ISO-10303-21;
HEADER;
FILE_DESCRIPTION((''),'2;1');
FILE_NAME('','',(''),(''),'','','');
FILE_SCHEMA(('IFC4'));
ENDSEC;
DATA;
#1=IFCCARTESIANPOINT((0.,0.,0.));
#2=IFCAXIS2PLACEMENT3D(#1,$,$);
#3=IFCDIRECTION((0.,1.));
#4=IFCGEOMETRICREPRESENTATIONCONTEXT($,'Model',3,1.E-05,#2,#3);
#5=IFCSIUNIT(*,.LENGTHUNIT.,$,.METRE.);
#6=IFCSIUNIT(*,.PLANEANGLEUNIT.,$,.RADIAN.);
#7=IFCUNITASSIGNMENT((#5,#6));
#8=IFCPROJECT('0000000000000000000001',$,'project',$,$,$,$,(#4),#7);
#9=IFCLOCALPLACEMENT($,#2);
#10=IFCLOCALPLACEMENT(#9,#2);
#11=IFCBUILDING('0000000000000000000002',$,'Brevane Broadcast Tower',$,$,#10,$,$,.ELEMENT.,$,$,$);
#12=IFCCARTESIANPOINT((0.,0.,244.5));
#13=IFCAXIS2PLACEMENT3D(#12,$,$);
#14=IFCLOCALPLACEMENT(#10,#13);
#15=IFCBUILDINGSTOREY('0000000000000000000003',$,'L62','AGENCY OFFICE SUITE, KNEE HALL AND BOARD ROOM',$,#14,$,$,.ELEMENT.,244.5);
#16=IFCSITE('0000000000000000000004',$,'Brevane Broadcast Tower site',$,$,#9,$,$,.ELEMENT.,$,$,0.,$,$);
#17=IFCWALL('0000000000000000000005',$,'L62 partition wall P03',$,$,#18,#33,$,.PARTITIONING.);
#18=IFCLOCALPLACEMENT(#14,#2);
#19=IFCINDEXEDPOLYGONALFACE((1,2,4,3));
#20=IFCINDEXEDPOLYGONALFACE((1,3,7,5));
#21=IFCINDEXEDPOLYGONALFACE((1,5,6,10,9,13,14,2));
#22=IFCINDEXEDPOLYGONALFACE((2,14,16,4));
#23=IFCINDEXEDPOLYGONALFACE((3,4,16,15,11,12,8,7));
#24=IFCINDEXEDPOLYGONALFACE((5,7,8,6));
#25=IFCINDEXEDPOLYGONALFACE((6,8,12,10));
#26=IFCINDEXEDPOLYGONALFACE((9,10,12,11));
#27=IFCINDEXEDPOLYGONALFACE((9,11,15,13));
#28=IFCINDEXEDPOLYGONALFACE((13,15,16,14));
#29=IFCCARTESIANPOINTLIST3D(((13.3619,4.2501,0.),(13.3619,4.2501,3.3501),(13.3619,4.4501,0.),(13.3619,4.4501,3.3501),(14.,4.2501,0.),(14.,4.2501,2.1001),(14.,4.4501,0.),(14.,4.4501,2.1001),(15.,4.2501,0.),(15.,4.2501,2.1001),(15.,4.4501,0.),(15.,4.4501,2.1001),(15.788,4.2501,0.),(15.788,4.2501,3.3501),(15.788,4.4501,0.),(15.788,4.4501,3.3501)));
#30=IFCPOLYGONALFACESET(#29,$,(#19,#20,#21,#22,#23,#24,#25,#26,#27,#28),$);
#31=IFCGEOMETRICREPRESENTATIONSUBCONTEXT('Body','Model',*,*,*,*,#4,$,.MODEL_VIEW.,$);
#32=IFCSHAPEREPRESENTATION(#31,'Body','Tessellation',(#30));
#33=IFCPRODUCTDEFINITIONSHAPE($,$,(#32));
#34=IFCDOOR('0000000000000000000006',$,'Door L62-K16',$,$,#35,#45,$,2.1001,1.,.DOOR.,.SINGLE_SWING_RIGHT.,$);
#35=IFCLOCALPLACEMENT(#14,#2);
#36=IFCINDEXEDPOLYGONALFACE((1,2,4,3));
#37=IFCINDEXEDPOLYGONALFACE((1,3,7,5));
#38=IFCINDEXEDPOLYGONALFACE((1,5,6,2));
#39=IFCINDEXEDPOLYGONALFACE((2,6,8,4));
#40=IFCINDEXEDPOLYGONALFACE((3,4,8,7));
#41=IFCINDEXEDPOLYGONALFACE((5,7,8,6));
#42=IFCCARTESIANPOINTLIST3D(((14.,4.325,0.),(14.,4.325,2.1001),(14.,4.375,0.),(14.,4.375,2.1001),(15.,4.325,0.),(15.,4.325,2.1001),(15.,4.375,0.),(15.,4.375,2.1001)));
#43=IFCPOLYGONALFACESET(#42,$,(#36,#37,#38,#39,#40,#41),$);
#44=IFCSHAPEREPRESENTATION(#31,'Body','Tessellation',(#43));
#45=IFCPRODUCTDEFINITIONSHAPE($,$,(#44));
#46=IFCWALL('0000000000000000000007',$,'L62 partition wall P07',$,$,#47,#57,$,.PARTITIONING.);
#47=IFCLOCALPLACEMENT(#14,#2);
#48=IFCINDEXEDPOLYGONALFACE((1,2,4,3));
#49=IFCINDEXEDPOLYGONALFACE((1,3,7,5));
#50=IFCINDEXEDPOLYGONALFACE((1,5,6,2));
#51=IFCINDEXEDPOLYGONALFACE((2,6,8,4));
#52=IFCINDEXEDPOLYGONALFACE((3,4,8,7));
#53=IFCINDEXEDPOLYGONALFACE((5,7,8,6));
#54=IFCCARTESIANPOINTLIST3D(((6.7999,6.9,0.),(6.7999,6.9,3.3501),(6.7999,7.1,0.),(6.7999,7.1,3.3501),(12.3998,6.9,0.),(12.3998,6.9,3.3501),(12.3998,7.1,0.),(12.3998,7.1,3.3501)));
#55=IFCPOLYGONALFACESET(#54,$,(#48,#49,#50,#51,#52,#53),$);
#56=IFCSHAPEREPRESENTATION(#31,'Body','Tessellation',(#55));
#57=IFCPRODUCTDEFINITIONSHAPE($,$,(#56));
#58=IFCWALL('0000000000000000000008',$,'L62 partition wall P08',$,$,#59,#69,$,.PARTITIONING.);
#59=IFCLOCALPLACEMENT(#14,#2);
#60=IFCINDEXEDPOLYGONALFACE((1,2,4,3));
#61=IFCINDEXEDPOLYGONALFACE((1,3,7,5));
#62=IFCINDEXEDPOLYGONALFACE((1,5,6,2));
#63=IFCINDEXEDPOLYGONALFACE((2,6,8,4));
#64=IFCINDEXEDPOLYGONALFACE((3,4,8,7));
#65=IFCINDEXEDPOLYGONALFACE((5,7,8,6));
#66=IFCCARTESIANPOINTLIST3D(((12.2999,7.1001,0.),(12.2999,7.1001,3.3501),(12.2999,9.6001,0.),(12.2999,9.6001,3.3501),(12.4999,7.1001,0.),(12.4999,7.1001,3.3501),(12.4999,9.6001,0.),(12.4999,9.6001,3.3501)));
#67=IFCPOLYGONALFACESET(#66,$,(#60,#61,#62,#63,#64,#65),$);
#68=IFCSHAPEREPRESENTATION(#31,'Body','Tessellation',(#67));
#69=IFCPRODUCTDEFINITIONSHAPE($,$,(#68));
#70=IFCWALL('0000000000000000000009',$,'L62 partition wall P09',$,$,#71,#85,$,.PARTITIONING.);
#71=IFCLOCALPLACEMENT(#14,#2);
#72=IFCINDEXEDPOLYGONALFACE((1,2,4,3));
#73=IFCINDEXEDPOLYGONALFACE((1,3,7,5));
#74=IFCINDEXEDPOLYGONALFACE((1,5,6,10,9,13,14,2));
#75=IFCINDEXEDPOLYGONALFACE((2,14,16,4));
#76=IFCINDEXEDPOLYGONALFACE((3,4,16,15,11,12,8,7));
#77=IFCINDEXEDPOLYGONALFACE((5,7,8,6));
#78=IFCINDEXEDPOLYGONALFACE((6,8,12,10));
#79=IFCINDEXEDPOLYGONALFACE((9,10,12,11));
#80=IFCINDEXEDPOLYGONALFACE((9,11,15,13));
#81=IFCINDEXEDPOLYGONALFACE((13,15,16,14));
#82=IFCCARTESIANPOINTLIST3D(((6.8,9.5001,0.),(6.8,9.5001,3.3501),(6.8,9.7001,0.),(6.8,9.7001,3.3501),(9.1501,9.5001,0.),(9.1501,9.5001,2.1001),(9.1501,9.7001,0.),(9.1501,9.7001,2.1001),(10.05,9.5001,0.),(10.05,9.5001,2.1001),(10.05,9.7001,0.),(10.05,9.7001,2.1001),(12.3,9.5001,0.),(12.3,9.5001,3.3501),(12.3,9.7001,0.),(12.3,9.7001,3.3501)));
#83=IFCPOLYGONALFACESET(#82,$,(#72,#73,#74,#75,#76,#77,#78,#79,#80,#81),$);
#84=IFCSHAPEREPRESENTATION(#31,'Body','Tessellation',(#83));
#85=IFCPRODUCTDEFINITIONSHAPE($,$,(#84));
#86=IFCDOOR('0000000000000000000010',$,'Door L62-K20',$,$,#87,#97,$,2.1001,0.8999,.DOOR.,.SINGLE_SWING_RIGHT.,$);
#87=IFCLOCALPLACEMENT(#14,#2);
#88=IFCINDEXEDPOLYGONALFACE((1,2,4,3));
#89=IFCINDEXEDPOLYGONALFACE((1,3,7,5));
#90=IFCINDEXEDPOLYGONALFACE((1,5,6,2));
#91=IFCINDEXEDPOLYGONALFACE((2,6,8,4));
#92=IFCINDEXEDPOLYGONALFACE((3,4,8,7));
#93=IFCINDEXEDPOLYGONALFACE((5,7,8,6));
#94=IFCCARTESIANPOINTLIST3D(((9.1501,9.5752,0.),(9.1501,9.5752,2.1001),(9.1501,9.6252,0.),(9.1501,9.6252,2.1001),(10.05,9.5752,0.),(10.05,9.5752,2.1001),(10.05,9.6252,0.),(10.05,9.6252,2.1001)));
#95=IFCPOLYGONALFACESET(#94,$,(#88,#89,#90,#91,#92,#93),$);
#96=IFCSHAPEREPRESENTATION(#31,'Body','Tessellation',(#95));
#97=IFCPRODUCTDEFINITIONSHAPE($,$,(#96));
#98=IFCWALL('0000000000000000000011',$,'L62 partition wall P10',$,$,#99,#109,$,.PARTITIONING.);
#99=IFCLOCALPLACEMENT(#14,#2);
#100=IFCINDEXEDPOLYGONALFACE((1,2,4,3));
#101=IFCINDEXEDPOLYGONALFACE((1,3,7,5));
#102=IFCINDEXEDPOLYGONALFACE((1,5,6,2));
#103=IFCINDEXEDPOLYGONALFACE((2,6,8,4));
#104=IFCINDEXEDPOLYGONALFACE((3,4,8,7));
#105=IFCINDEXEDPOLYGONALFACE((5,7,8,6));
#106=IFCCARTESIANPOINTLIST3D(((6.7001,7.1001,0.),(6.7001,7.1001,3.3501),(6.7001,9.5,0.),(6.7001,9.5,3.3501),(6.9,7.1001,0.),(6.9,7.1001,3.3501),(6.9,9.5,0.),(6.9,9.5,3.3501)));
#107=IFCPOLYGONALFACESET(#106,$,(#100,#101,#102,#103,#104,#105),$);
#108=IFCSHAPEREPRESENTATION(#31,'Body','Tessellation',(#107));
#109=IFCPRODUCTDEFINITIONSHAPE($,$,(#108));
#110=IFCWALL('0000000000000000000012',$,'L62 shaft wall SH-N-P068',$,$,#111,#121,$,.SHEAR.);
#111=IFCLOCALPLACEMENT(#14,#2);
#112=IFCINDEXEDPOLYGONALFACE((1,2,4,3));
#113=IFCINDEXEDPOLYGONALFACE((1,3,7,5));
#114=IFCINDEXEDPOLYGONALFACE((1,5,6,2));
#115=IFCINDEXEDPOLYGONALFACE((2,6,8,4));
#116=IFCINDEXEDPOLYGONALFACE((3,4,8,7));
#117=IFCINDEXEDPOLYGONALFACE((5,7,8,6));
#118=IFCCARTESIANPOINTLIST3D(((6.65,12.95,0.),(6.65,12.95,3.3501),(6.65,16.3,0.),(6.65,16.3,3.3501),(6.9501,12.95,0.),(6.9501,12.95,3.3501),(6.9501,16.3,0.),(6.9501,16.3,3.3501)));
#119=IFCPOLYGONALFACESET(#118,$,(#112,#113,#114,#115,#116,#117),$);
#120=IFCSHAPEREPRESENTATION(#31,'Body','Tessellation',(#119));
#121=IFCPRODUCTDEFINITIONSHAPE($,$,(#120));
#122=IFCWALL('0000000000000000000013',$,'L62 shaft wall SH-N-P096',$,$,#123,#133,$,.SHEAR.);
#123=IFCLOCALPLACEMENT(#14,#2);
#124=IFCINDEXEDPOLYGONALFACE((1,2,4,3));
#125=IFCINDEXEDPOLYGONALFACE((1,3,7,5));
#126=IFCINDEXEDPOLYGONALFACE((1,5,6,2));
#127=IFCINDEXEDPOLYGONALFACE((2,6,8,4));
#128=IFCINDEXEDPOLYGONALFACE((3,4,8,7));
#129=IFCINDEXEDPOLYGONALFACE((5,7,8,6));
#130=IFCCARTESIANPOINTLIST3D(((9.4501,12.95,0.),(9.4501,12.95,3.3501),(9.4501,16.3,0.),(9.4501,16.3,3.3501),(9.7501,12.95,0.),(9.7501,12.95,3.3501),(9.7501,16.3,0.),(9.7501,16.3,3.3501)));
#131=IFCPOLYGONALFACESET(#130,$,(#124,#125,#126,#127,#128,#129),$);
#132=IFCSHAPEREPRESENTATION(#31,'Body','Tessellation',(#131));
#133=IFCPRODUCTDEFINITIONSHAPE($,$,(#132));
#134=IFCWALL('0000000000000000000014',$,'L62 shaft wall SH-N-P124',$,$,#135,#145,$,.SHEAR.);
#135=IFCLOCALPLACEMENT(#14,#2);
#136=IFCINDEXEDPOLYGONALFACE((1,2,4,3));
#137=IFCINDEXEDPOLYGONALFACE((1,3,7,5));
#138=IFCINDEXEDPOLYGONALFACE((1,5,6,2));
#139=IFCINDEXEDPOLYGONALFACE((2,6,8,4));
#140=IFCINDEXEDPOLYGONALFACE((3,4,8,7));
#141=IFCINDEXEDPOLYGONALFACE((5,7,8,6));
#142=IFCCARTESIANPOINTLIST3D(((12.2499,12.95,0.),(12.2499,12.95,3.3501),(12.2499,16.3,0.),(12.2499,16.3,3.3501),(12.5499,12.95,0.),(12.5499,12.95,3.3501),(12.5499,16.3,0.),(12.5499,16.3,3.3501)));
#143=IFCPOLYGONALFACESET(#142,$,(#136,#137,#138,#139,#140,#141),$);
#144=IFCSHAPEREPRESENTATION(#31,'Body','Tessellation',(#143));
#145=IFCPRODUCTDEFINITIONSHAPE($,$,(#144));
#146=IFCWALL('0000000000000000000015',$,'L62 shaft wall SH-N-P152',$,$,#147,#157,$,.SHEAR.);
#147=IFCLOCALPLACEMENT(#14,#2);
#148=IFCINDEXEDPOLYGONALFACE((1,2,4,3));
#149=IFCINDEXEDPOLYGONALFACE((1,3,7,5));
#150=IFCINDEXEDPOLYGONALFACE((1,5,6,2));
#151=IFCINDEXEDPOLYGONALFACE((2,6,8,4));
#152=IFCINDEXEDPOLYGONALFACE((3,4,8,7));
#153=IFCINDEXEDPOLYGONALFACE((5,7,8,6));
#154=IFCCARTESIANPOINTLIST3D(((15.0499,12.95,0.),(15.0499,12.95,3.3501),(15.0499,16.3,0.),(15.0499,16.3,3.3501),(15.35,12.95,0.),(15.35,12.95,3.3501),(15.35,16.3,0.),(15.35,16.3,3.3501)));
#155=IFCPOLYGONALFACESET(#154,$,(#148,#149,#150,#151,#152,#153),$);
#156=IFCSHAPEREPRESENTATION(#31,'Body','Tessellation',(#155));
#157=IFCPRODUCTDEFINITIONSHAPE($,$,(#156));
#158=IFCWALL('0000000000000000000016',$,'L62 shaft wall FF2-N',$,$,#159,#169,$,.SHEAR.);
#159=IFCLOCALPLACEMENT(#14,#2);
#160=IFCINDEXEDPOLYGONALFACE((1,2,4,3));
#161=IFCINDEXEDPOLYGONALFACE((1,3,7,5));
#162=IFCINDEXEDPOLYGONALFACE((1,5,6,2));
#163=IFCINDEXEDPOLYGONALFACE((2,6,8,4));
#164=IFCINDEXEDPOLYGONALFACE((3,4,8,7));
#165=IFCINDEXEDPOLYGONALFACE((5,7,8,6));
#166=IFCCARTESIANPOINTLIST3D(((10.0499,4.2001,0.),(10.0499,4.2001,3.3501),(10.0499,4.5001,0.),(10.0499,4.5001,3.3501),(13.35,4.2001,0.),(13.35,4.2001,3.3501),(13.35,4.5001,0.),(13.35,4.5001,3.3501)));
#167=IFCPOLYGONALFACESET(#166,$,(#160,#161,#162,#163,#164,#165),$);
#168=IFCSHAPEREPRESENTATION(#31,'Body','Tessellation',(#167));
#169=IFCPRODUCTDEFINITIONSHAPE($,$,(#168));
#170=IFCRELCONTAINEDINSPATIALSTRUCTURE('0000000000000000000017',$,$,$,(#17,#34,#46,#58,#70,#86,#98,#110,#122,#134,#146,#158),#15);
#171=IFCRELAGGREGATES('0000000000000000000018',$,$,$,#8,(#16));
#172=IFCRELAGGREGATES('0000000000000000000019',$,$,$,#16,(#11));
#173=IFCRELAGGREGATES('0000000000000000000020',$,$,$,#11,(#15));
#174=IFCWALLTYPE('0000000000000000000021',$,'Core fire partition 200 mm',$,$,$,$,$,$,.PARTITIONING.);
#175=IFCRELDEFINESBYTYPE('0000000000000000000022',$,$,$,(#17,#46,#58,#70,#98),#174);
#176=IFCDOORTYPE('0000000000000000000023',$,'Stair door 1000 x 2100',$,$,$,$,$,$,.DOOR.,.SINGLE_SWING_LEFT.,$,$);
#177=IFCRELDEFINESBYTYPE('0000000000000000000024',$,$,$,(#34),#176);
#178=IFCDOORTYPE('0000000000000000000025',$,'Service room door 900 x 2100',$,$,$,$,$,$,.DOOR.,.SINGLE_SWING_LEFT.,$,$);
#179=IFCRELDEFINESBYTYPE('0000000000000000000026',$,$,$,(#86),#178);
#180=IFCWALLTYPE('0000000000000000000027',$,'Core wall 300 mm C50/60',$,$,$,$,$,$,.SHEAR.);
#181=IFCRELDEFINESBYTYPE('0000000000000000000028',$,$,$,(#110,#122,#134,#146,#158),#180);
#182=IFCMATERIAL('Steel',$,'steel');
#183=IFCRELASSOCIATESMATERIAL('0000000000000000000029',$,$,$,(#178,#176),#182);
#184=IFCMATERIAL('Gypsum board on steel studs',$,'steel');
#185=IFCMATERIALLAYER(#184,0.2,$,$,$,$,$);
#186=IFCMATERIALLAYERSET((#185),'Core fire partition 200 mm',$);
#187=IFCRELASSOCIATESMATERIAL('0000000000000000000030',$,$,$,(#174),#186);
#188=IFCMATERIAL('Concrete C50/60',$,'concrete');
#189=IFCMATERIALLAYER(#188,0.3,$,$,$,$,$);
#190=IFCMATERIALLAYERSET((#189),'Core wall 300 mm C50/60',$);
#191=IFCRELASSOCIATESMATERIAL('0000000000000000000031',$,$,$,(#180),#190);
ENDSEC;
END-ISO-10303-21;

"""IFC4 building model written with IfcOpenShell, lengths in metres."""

from ifc_helpers import new_model, si_unit, direction, frame, frame_2d, origin, place, context, subcontext, project, spatial, rectangle, extrude, material, layer, layer_set, type_object, element, fill, save


model = new_model("IFC4")

# Units and contexts
model_context = context("Model", 3, precision=1e-05, world=origin(), true_north=direction((0.0, 1.0)))
body_context = subcontext(model_context, "Body", "Model", "MODEL_VIEW")
ifc_project = project(units=[si_unit("LENGTHUNIT", "METRE"), si_unit("PLANEANGLEUNIT", "RADIAN")], contexts=[model_context])

# Site, building, storey
site_placement = place(None, origin())
site = spatial("IfcSite", under=ifc_project, at=site_placement, Name="Brevane Broadcast Tower site", CompositionType="ELEMENT", RefElevation=0.0)
building_placement = place(site_placement, origin())
building = spatial("IfcBuilding", under=site, at=building_placement, Name="Brevane Broadcast Tower", CompositionType="ELEMENT")
storey_placement = place(building_placement, frame((0.0, 0.0, 244.5)))
storey = spatial("IfcBuildingStorey", under=building, at=storey_placement, Name="L62", Description="AGENCY OFFICE SUITE, KNEE HALL AND BOARD ROOM", CompositionType="ELEMENT", Elevation=244.5)

# Shared definitions
ifc_material_1 = material(Name="Gypsum board on steel studs", Category="steel")

# Shared definitions
ifc_material_2 = material(Name="Steel", Category="steel")
door_type_1 = type_object("IfcDoorType", Name="Service room door 900 x 2100", OperationType="SINGLE_SWING_LEFT", PredefinedType="DOOR", material=ifc_material_2)

# Wall, opening, door
ifc_layer_1 = layer(ifc_material_1, 0.2)
ifc_layer_set_1 = layer_set([ifc_layer_1], Name="Core fire partition 200 mm")
wall_type_1 = type_object("IfcWallType", Name="Core fire partition 200 mm", PredefinedType="PARTITIONING", material=ifc_layer_set_1)
wall_1_placement = place(storey_placement, frame((13.3621, 4.3501, 0.0), z_axis=(0.0, 0.0, 1.0), x_axis=(1.0, 0.0, 0.0)))
wall_1 = element("IfcWall", 1, at=wall_1_placement, inside=storey, type_object=wall_type_1, Name="L62 partition wall P03", PredefinedType="PARTITIONING", context=body_context, shape_type="SweptSolid", body=[
    extrude(rectangle(XDim=2.426, YDim=0.2, at=frame_2d((1.2129, 0.0))), origin(), (0.0, 0.0, 1.0), 3.3501),
])
opening_1_placement = place(wall_1_placement, frame((0.6379, 0.0, 0.0)))
opening_1 = element("IfcOpeningElement", 2, at=opening_1_placement, cuts=wall_1, PredefinedType="OPENING", context=body_context, shape_type="SweptSolid", body=[
    extrude(rectangle(XDim=1.0, YDim=2.1001, at=frame_2d((0.5, 1.05))), frame((0.0, 0.1099, 0.0), z_axis=(0.0, -1.0, 0.0), x_axis=(1.0, 0.0, 0.0)), (0.0, 0.0, 1.0), 0.22),
])
door_type_2 = type_object("IfcDoorType", Name="Stair door 1000 x 2100", OperationType="SINGLE_SWING_LEFT", PredefinedType="DOOR", material=ifc_material_2)
door_1_placement = place(opening_1_placement, origin())
door_1 = element("IfcDoor", 3, at=door_1_placement, inside=storey, type_object=door_type_2, Name="Door L62-K16", OperationType="SINGLE_SWING_RIGHT", OverallHeight=2.1001, OverallWidth=1.0, PredefinedType="DOOR", context=body_context, shape_type="SweptSolid", body=[
    extrude(rectangle(XDim=1.0, YDim=2.1001, at=frame_2d((0.5, 1.05))), frame((0.0, 0.0249, 0.0), z_axis=(0.0, -1.0, 0.0), x_axis=(1.0, 0.0, 0.0)), (0.0, 0.0, 1.0), 0.05),
])
fill(opening_1, door_1)

# Walls
wall_2_placement = place(storey_placement, frame((6.8, 7.0, 0.0), z_axis=(0.0, 0.0, 1.0), x_axis=(1.0, 0.0, 0.0)))
element("IfcWall", 4, at=wall_2_placement, inside=storey, type_object=wall_type_1, Name="L62 partition wall P07", PredefinedType="PARTITIONING", context=body_context, shape_type="SweptSolid", body=[
    extrude(rectangle(XDim=5.5999, YDim=0.2, at=frame_2d((2.7998, 0.0))), origin(), (0.0, 0.0, 1.0), 3.3501),
])
wall_3_placement = place(storey_placement, frame((12.3999, 7.1001, 0.0), z_axis=(0.0, 0.0, 1.0), x_axis=(0.0, 1.0, 0.0)))
element("IfcWall", 5, at=wall_3_placement, inside=storey, type_object=wall_type_1, Name="L62 partition wall P08", PredefinedType="PARTITIONING", context=body_context, shape_type="SweptSolid", body=[
    extrude(rectangle(XDim=2.5, YDim=0.2, at=frame_2d((1.25, 0.0))), origin(), (0.0, 0.0, 1.0), 3.3501),
])

# Wall, opening, door
wall_4_placement = place(storey_placement, frame((12.3, 9.6001, 0.0), z_axis=(0.0, 0.0, 1.0), x_axis=(-1.0, 0.0, 0.0)))
wall_4 = element("IfcWall", 6, at=wall_4_placement, inside=storey, type_object=wall_type_1, Name="L62 partition wall P09", PredefinedType="PARTITIONING", context=body_context, shape_type="SweptSolid", body=[
    extrude(rectangle(XDim=5.5, YDim=0.2, at=frame_2d((2.75, 0.0))), origin(), (0.0, 0.0, 1.0), 3.3501),
])
opening_2_placement = place(wall_4_placement, frame((2.25, 0.0, 0.0)))
opening_2 = element("IfcOpeningElement", 7, at=opening_2_placement, cuts=wall_4, PredefinedType="OPENING", context=body_context, shape_type="SweptSolid", body=[
    extrude(rectangle(XDim=0.8999, YDim=2.1001, at=frame_2d((0.45, 1.05))), frame((0.0, 0.1099, 0.0), z_axis=(0.0, -1.0, 0.0), x_axis=(1.0, 0.0, 0.0)), (0.0, 0.0, 1.0), 0.22),
])
door_2_placement = place(opening_2_placement, origin())
door_2 = element("IfcDoor", 8, at=door_2_placement, inside=storey, type_object=door_type_1, Name="Door L62-K20", OperationType="SINGLE_SWING_RIGHT", OverallHeight=2.1001, OverallWidth=0.8999, PredefinedType="DOOR", context=body_context, shape_type="SweptSolid", body=[
    extrude(rectangle(XDim=0.8999, YDim=2.1001, at=frame_2d((0.45, 1.05))), frame((0.0, 0.0249, 0.0), z_axis=(0.0, -1.0, 0.0), x_axis=(1.0, 0.0, 0.0)), (0.0, 0.0, 1.0), 0.05),
])
fill(opening_2, door_2)

# Walls
wall_5_placement = place(storey_placement, frame((6.8, 9.5, 0.0), z_axis=(0.0, 0.0, 1.0), x_axis=(0.0, -1.0, 0.0)))
element("IfcWall", 9, at=wall_5_placement, inside=storey, type_object=wall_type_1, Name="L62 partition wall P10", PredefinedType="PARTITIONING", context=body_context, shape_type="SweptSolid", body=[
    extrude(rectangle(XDim=2.3999, YDim=0.2, at=frame_2d((1.2, 0.0))), origin(), (0.0, 0.0, 1.0), 3.3501),
])
ifc_material_3 = material(Name="Concrete C50/60", Category="concrete")
ifc_layer_2 = layer(ifc_material_3, 0.3)
ifc_layer_set_2 = layer_set([ifc_layer_2], Name="Core wall 300 mm C50/60")
wall_type_2 = type_object("IfcWallType", Name="Core wall 300 mm C50/60", PredefinedType="SHEAR", material=ifc_layer_set_2)
for number, where, z_axis, x_axis, name in (
    (10, (6.8, 12.95, 0.0), (0.0, 0.0, 1.0), (0.0, 1.0, 0.0), "L62 shaft wall SH-N-P068"),
    (11, (9.6001, 12.95, 0.0), (0.0, 0.0, 1.0), (0.0, 1.0, 0.0), "L62 shaft wall SH-N-P096"),
    (12, (12.3999, 12.95, 0.0), (0.0, 0.0, 1.0), (0.0, 1.0, 0.0), "L62 shaft wall SH-N-P124"),
    (13, (15.2, 12.95, 0.0), (0.0, 0.0, 1.0), (0.0, 1.0, 0.0), "L62 shaft wall SH-N-P152"),
):
    element("IfcWall", number, at=place(storey_placement, frame(where, z_axis=z_axis, x_axis=x_axis)), inside=storey, type_object=wall_type_2, Name=name, PredefinedType="SHEAR", context=body_context, shape_type="SweptSolid", body=[
        extrude(rectangle(XDim=3.3501, YDim=0.3, at=frame_2d((1.675, 0.0))), origin(), (0.0, 0.0, 1.0), 3.3501),
    ])
wall_6_placement = place(storey_placement, frame((10.05, 4.3501, 0.0), z_axis=(0.0, 0.0, 1.0), x_axis=(1.0, 0.0, 0.0)))
element("IfcWall", 14, at=wall_6_placement, inside=storey, type_object=wall_type_2, Name="L62 shaft wall FF2-N", PredefinedType="SHEAR", context=body_context, shape_type="SweptSolid", body=[
    extrude(rectangle(XDim=3.3, YDim=0.3, at=frame_2d((1.6499, 0.0))), origin(), (0.0, 0.0, 1.0), 3.3501),
])

save(model, "model.ifc")
